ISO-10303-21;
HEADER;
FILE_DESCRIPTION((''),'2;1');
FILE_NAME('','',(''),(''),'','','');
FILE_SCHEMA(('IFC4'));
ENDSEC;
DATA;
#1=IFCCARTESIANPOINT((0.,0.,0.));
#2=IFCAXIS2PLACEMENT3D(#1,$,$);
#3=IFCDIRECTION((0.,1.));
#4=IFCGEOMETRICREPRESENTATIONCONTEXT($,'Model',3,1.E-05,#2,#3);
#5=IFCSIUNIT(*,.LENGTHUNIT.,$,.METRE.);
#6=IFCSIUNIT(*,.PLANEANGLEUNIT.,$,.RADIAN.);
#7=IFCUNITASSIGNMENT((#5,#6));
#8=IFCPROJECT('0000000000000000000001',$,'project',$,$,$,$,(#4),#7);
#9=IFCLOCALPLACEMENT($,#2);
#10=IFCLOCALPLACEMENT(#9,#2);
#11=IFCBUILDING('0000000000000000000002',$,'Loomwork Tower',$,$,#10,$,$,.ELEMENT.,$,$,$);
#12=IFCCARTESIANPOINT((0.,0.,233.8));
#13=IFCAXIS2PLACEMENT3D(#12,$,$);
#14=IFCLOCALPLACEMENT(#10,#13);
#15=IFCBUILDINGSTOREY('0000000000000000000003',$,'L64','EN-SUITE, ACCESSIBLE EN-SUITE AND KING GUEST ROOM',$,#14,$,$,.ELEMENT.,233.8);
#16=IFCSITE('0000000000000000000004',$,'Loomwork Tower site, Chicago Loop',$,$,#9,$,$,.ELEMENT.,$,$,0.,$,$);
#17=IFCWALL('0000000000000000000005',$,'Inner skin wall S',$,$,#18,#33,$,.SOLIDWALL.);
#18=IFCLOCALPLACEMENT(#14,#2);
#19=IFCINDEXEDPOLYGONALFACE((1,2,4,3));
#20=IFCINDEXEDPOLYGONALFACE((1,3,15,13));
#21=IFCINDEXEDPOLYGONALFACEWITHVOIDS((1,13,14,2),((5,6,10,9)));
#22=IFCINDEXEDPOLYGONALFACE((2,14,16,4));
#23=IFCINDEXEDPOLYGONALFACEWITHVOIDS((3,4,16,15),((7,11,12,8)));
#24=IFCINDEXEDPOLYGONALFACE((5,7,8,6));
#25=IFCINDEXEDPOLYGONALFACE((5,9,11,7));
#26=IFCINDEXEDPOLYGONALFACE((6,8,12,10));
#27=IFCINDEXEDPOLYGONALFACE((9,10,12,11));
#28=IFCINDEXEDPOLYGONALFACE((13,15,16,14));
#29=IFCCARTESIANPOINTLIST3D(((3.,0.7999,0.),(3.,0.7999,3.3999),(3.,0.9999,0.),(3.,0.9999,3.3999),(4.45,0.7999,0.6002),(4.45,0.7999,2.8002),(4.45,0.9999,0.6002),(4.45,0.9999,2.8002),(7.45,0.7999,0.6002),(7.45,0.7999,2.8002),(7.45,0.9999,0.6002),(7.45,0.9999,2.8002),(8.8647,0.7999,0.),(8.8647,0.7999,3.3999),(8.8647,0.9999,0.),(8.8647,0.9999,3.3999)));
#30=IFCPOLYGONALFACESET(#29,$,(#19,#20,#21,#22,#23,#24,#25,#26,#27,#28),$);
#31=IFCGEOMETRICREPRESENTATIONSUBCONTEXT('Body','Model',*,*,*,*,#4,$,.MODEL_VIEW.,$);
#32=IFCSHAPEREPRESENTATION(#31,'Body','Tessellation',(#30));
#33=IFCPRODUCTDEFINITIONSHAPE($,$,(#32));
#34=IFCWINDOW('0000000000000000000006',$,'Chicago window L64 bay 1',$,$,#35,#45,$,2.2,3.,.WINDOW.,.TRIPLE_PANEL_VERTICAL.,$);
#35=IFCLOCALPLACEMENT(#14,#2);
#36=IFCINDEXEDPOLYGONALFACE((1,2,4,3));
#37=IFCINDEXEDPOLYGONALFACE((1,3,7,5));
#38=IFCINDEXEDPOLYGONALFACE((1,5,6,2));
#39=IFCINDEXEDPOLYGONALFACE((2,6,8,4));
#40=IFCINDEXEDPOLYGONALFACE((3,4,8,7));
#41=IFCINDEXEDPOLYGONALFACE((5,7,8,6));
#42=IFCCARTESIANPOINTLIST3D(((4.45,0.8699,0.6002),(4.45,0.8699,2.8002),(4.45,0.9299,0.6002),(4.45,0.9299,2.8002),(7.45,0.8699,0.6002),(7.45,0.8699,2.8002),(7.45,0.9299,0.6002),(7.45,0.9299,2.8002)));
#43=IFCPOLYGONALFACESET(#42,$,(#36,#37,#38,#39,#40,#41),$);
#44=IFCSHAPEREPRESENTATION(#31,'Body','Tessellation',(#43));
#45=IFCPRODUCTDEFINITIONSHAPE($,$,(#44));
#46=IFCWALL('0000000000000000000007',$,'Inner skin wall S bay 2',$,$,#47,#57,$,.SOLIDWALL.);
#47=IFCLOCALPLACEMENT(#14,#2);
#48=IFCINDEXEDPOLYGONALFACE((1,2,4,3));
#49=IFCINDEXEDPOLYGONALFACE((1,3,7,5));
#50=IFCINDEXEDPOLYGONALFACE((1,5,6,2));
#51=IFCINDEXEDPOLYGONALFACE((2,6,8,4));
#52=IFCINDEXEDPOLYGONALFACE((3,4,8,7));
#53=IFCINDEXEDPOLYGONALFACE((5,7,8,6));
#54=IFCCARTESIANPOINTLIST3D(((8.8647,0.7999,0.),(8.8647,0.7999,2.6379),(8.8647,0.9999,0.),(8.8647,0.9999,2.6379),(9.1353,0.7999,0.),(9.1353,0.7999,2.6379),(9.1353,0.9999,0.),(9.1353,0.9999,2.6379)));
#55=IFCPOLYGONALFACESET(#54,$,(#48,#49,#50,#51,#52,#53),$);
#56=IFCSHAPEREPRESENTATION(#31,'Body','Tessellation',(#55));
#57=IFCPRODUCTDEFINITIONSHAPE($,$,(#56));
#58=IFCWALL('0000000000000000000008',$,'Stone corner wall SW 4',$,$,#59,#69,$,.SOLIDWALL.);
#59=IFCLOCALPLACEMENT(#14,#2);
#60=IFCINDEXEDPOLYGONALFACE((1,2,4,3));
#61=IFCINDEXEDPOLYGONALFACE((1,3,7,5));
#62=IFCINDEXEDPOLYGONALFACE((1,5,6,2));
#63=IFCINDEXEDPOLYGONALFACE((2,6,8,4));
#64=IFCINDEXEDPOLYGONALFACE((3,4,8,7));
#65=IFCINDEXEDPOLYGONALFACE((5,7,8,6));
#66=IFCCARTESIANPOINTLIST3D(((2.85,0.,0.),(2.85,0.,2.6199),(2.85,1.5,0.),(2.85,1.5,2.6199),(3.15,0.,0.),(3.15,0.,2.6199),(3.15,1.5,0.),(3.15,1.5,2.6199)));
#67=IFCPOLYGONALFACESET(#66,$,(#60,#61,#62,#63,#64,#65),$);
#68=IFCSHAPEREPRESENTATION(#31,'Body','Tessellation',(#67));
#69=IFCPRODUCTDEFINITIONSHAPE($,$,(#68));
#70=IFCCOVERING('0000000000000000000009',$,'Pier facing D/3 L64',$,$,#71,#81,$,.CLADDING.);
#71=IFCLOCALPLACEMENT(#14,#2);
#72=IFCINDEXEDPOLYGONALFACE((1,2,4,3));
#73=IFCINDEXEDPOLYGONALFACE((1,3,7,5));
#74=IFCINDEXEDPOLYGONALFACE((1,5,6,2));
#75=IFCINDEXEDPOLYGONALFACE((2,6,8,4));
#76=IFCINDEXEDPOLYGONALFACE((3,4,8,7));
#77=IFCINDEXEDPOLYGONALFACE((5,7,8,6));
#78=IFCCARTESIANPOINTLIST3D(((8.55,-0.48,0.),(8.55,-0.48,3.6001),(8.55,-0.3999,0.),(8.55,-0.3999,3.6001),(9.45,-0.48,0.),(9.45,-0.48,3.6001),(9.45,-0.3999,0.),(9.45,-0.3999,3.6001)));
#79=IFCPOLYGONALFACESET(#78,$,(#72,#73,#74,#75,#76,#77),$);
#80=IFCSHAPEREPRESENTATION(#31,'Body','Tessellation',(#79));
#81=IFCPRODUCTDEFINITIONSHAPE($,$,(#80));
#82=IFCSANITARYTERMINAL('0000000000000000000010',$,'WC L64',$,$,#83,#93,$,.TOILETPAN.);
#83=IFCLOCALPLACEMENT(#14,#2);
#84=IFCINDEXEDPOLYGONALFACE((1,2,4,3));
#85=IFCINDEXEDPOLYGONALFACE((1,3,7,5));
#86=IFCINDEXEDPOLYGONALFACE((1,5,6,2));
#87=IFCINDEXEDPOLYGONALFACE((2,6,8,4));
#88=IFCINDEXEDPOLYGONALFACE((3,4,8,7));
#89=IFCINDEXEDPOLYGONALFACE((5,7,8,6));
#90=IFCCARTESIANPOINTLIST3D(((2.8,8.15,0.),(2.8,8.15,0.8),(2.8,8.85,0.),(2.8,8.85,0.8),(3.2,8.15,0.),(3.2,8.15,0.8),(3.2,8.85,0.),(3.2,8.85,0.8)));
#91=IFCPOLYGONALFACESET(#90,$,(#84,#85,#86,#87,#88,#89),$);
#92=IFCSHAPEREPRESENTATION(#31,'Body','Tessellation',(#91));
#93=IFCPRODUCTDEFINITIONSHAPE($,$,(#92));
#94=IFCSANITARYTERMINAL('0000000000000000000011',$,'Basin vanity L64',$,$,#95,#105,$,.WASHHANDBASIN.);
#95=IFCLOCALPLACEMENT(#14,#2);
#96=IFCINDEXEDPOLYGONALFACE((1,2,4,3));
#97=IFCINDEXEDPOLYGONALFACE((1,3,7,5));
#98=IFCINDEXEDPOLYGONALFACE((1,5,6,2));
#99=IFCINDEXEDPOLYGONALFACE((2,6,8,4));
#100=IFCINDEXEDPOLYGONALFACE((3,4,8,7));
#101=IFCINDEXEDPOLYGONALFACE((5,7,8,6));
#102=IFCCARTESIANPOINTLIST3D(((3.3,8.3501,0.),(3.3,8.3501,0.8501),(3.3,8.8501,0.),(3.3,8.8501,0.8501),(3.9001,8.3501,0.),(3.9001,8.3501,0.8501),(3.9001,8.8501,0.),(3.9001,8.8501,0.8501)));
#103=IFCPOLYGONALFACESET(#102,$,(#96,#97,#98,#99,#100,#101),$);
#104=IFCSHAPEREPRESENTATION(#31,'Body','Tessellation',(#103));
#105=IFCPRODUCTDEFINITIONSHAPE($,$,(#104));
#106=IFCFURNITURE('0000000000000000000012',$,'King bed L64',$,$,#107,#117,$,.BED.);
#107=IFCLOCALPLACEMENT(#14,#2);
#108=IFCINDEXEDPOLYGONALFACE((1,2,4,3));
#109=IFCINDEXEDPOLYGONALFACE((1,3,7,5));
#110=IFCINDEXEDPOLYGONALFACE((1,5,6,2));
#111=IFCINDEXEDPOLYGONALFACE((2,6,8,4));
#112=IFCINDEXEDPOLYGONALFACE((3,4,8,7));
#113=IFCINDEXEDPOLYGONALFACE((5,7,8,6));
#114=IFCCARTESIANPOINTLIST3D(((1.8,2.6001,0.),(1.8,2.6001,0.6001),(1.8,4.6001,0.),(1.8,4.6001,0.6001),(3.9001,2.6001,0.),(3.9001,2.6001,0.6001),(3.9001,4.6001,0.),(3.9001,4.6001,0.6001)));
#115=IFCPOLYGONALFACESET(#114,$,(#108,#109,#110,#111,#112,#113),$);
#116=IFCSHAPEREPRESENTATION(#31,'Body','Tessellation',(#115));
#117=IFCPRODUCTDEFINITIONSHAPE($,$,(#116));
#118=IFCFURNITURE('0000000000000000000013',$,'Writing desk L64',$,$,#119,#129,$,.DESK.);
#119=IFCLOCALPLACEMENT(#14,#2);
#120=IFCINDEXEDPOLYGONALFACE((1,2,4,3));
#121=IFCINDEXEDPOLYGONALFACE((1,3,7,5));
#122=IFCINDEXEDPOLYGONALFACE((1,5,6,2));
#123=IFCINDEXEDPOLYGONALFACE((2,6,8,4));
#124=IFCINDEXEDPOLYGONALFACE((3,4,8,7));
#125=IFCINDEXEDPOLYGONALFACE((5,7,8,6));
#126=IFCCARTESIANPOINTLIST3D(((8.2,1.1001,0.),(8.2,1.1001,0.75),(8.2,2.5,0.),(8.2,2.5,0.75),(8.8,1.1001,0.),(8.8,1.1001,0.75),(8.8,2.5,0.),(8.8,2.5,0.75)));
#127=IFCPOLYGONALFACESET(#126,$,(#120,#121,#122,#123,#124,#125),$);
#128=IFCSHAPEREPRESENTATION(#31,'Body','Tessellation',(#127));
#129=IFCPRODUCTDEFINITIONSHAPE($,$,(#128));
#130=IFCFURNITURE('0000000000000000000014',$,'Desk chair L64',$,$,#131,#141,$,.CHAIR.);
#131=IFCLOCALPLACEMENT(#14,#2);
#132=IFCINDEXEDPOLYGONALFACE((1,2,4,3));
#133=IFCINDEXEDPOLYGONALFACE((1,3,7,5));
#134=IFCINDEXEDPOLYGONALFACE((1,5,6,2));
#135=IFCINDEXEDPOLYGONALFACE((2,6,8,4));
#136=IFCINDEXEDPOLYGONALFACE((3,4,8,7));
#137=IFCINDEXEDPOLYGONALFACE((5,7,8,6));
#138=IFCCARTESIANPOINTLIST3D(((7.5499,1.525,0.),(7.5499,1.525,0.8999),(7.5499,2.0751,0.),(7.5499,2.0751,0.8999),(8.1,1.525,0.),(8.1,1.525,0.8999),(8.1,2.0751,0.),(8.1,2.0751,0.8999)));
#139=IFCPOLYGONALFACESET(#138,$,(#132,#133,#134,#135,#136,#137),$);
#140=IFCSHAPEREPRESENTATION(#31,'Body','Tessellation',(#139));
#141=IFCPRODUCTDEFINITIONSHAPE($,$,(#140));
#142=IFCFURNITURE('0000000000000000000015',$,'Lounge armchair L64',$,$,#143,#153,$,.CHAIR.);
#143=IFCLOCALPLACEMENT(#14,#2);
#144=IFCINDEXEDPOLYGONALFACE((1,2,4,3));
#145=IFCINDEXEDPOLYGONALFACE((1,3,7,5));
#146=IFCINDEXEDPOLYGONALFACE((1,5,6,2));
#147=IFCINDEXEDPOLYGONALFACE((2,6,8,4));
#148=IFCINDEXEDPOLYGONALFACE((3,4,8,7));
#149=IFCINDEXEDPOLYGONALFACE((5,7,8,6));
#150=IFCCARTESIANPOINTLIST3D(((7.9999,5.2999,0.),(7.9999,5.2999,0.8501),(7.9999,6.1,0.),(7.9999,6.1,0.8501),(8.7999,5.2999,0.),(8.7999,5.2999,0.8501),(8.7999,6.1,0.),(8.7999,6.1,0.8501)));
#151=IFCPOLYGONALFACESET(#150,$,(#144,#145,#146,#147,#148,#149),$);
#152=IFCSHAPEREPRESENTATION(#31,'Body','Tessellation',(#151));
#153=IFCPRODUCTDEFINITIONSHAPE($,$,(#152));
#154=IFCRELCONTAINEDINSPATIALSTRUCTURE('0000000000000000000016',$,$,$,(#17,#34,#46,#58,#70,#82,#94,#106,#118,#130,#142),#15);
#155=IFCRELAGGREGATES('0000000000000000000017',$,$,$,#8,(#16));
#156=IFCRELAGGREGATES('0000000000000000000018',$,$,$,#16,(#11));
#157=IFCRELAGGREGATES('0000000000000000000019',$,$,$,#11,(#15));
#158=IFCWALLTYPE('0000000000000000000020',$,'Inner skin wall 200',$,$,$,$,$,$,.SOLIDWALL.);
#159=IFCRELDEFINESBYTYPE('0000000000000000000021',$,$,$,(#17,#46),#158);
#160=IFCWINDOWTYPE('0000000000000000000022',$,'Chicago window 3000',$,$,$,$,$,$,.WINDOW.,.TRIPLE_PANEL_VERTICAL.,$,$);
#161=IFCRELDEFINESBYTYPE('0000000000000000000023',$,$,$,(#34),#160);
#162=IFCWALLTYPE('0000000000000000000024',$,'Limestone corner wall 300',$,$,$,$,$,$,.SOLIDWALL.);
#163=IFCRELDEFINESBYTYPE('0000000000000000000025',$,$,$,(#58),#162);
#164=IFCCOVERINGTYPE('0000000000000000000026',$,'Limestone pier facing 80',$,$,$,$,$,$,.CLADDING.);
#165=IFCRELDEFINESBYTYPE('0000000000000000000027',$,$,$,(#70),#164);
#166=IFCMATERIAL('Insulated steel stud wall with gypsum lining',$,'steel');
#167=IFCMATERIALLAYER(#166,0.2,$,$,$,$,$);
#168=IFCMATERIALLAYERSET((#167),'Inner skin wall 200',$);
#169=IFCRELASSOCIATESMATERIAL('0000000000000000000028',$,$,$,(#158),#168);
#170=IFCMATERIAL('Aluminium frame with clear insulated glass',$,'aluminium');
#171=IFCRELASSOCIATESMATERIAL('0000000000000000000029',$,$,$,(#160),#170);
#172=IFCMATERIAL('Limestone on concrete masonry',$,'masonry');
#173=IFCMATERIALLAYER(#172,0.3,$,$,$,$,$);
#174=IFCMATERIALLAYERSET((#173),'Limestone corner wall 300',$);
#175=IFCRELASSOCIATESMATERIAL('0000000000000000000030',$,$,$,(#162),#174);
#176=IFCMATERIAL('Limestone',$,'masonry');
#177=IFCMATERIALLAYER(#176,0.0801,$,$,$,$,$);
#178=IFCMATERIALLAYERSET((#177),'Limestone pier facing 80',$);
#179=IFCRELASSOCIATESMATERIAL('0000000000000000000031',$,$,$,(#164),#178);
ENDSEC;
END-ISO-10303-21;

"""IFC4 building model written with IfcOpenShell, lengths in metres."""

from ifc_helpers import new_model, si_unit, direction, frame, frame_2d, origin, origin_2d, place, context, subcontext, project, spatial, rectangle, extrude, material, layer, layer_set, type_object, element, fill, save


model = new_model("IFC4")

# Units and contexts
model_context = context("Model", 3, precision=1e-05, world=origin(), true_north=direction((0.0, 1.0)))
body_context = subcontext(model_context, "Body", "Model", "MODEL_VIEW")
ifc_project = project(units=[si_unit("LENGTHUNIT", "METRE"), si_unit("PLANEANGLEUNIT", "RADIAN")], contexts=[model_context])

# Site, building, storey
site_placement = place(None, origin())
site = spatial("IfcSite", under=ifc_project, at=site_placement, Name="Loomwork Tower site, Chicago Loop", CompositionType="ELEMENT", RefElevation=0.0)
building_placement = place(site_placement, origin())
building = spatial("IfcBuilding", under=site, at=building_placement, Name="Loomwork Tower", CompositionType="ELEMENT")
storey_placement = place(building_placement, frame((0.0, 0.0, 233.8)))
storey = spatial("IfcBuildingStorey", under=building, at=storey_placement, Name="L64", Description="EN-SUITE, ACCESSIBLE EN-SUITE AND KING GUEST ROOM", CompositionType="ELEMENT", Elevation=233.8)

# Wall, opening, window
ifc_material_1 = material(Name="Insulated steel stud wall with gypsum lining", Category="steel")
ifc_layer_1 = layer(ifc_material_1, 0.2)
ifc_layer_set_1 = layer_set([ifc_layer_1], Name="Inner skin wall 200")
wall_type_1 = type_object("IfcWallType", Name="Inner skin wall 200", PredefinedType="SOLIDWALL", material=ifc_layer_set_1)
wall_1_placement = place(storey_placement, frame((3.0, 0.8999, 0.0), z_axis=(0.0, 0.0, 1.0), x_axis=(1.0, 0.0, 0.0)))
wall_1 = element("IfcWall", 1, at=wall_1_placement, inside=storey, type_object=wall_type_1, Name="Inner skin wall S", PredefinedType="SOLIDWALL", context=body_context, shape_type="SweptSolid", body=[
    extrude(rectangle(XDim=5.8647, YDim=0.2, at=frame_2d((2.9324, 0.0))), origin(), (0.0, 0.0, 1.0), 3.3999),
])
opening_1_placement = place(wall_1_placement, frame((1.45, 0.0, 0.6001)))
opening_1 = element("IfcOpeningElement", 2, at=opening_1_placement, cuts=wall_1, PredefinedType="OPENING", context=body_context, shape_type="SweptSolid", body=[
    extrude(rectangle(XDim=3.0, YDim=2.2, at=frame_2d((1.5, 1.1001))), frame((0.0, 0.1099, 0.0), z_axis=(0.0, -1.0, 0.0), x_axis=(1.0, 0.0, 0.0)), (0.0, 0.0, 1.0), 0.22),
])
ifc_material_2 = material(Name="Aluminium frame with clear insulated glass", Category="aluminium")
window_type = type_object("IfcWindowType", Name="Chicago window 3000", PartitioningType="TRIPLE_PANEL_VERTICAL", PredefinedType="WINDOW", material=ifc_material_2)
window_placement = place(opening_1_placement, origin())
window = element("IfcWindow", 3, at=window_placement, inside=storey, type_object=window_type, Name="Chicago window L64 bay 1", OverallHeight=2.2, OverallWidth=3.0, PartitioningType="TRIPLE_PANEL_VERTICAL", PredefinedType="WINDOW", context=body_context, shape_type="SweptSolid", body=[
    extrude(rectangle(XDim=3.0, YDim=2.2, at=frame_2d((1.5, 1.1001))), frame((0.0, 0.03, 0.0), z_axis=(0.0, -1.0, 0.0), x_axis=(1.0, 0.0, 0.0)), (0.0, 0.0, 1.0), 0.0601),
])
fill(opening_1, window)

# Walls
wall_2_placement = place(storey_placement, frame((8.8647, 0.8999, 0.0), z_axis=(0.0, 0.0, 1.0), x_axis=(1.0, 0.0, 0.0)))
element("IfcWall", 4, at=wall_2_placement, inside=storey, type_object=wall_type_1, Name="Inner skin wall S bay 2", PredefinedType="SOLIDWALL", context=body_context, shape_type="SweptSolid", body=[
    extrude(rectangle(XDim=0.2705, YDim=0.2, at=frame_2d((0.1353, 0.0))), origin(), (0.0, 0.0, 1.0), 2.6379),
])
ifc_material_3 = material(Name="Limestone on concrete masonry", Category="masonry")
ifc_layer_2 = layer(ifc_material_3, 0.3)
ifc_layer_set_2 = layer_set([ifc_layer_2], Name="Limestone corner wall 300")
wall_type_2 = type_object("IfcWallType", Name="Limestone corner wall 300", PredefinedType="SOLIDWALL", material=ifc_layer_set_2)
wall_3_placement = place(storey_placement, frame((3.0, 1.5, 0.0), z_axis=(0.0, 0.0, 1.0), x_axis=(0.0, -1.0, 0.0)))
element("IfcWall", 5, at=wall_3_placement, inside=storey, type_object=wall_type_2, Name="Stone corner wall SW 4", PredefinedType="SOLIDWALL", context=body_context, shape_type="SweptSolid", body=[
    extrude(rectangle(XDim=1.5, YDim=0.3, at=frame_2d((0.75, 0.0))), origin(), (0.0, 0.0, 1.0), 2.6199),
])

# Covering
ifc_material_4 = material(Name="Limestone", Category="masonry")
ifc_layer_3 = layer(ifc_material_4, 0.0801)
ifc_layer_set_3 = layer_set([ifc_layer_3], Name="Limestone pier facing 80")
covering_type = type_object("IfcCoveringType", Name="Limestone pier facing 80", PredefinedType="CLADDING", material=ifc_layer_set_3)
covering_placement = place(storey_placement, frame((9.0, -0.4399, 0.0), z_axis=(0.0, 0.0, 1.0), x_axis=(1.0, 0.0, 0.0)))
element("IfcCovering", 6, at=covering_placement, inside=storey, type_object=covering_type, Name="Pier facing D/3 L64", PredefinedType="CLADDING", context=body_context, shape_type="SweptSolid", body=[
    extrude(rectangle(XDim=0.8999, YDim=0.0801, at=origin_2d()), origin(), (0.0, 0.0, 1.0), 3.6001),
])

# Sanitary terminals
sanitary_terminal_1_placement = place(storey_placement, frame((3.0, 8.5, 0.0), z_axis=(0.0, 0.0, 1.0), x_axis=(1.0, 0.0, 0.0)))
element("IfcSanitaryTerminal", 7, at=sanitary_terminal_1_placement, inside=storey, Name="WC L64", PredefinedType="TOILETPAN", context=body_context, shape_type="SweptSolid", body=[
    extrude(rectangle(XDim=0.3999, YDim=0.7, at=origin_2d()), origin(), (0.0, 0.0, 1.0), 0.8),
])
sanitary_terminal_2_placement = place(storey_placement, frame((3.6001, 8.6001, 0.0), z_axis=(0.0, 0.0, 1.0), x_axis=(1.0, 0.0, 0.0)))
element("IfcSanitaryTerminal", 8, at=sanitary_terminal_2_placement, inside=storey, Name="Basin vanity L64", PredefinedType="WASHHANDBASIN", context=body_context, shape_type="SweptSolid", body=[
    extrude(rectangle(XDim=0.6001, YDim=0.5, at=origin_2d()), origin(), (0.0, 0.0, 1.0), 0.8501),
])

# Furniture
furniture_1_placement = place(storey_placement, frame((2.8501, 3.6001, 0.0), z_axis=(0.0, 0.0, 1.0), x_axis=(1.0, 0.0, 0.0)))
element("IfcFurniture", 9, at=furniture_1_placement, inside=storey, Name="King bed L64", PredefinedType="BED", context=body_context, shape_type="SweptSolid", body=[
    extrude(rectangle(XDim=2.1001, YDim=2.0, at=origin_2d()), origin(), (0.0, 0.0, 1.0), 0.6001),
])
furniture_2_placement = place(storey_placement, frame((8.5, 1.8, 0.0), z_axis=(0.0, 0.0, 1.0), x_axis=(1.0, 0.0, 0.0)))
element("IfcFurniture", 10, at=furniture_2_placement, inside=storey, Name="Writing desk L64", PredefinedType="DESK", context=body_context, shape_type="SweptSolid", body=[
    extrude(rectangle(XDim=0.6001, YDim=1.3999, at=origin_2d()), origin(), (0.0, 0.0, 1.0), 0.75),
])
furniture_3_placement = place(storey_placement, frame((7.825, 1.8, 0.0), z_axis=(0.0, 0.0, 1.0), x_axis=(1.0, 0.0, 0.0)))
element("IfcFurniture", 11, at=furniture_3_placement, inside=storey, Name="Desk chair L64", PredefinedType="CHAIR", context=body_context, shape_type="SweptSolid", body=[
    extrude(rectangle(XDim=0.55, YDim=0.55, at=origin_2d()), origin(), (0.0, 0.0, 1.0), 0.8999),
])
furniture_4_placement = place(storey_placement, frame((8.3999, 5.7, 0.0), z_axis=(0.0, 0.0, 1.0), x_axis=(1.0, 0.0, 0.0)))
element("IfcFurniture", 12, at=furniture_4_placement, inside=storey, Name="Lounge armchair L64", PredefinedType="CHAIR", context=body_context, shape_type="SweptSolid", body=[
    extrude(rectangle(XDim=0.8, YDim=0.8, at=origin_2d()), origin(), (0.0, 0.0, 1.0), 0.8501),
])

save(model, "model.ifc")
